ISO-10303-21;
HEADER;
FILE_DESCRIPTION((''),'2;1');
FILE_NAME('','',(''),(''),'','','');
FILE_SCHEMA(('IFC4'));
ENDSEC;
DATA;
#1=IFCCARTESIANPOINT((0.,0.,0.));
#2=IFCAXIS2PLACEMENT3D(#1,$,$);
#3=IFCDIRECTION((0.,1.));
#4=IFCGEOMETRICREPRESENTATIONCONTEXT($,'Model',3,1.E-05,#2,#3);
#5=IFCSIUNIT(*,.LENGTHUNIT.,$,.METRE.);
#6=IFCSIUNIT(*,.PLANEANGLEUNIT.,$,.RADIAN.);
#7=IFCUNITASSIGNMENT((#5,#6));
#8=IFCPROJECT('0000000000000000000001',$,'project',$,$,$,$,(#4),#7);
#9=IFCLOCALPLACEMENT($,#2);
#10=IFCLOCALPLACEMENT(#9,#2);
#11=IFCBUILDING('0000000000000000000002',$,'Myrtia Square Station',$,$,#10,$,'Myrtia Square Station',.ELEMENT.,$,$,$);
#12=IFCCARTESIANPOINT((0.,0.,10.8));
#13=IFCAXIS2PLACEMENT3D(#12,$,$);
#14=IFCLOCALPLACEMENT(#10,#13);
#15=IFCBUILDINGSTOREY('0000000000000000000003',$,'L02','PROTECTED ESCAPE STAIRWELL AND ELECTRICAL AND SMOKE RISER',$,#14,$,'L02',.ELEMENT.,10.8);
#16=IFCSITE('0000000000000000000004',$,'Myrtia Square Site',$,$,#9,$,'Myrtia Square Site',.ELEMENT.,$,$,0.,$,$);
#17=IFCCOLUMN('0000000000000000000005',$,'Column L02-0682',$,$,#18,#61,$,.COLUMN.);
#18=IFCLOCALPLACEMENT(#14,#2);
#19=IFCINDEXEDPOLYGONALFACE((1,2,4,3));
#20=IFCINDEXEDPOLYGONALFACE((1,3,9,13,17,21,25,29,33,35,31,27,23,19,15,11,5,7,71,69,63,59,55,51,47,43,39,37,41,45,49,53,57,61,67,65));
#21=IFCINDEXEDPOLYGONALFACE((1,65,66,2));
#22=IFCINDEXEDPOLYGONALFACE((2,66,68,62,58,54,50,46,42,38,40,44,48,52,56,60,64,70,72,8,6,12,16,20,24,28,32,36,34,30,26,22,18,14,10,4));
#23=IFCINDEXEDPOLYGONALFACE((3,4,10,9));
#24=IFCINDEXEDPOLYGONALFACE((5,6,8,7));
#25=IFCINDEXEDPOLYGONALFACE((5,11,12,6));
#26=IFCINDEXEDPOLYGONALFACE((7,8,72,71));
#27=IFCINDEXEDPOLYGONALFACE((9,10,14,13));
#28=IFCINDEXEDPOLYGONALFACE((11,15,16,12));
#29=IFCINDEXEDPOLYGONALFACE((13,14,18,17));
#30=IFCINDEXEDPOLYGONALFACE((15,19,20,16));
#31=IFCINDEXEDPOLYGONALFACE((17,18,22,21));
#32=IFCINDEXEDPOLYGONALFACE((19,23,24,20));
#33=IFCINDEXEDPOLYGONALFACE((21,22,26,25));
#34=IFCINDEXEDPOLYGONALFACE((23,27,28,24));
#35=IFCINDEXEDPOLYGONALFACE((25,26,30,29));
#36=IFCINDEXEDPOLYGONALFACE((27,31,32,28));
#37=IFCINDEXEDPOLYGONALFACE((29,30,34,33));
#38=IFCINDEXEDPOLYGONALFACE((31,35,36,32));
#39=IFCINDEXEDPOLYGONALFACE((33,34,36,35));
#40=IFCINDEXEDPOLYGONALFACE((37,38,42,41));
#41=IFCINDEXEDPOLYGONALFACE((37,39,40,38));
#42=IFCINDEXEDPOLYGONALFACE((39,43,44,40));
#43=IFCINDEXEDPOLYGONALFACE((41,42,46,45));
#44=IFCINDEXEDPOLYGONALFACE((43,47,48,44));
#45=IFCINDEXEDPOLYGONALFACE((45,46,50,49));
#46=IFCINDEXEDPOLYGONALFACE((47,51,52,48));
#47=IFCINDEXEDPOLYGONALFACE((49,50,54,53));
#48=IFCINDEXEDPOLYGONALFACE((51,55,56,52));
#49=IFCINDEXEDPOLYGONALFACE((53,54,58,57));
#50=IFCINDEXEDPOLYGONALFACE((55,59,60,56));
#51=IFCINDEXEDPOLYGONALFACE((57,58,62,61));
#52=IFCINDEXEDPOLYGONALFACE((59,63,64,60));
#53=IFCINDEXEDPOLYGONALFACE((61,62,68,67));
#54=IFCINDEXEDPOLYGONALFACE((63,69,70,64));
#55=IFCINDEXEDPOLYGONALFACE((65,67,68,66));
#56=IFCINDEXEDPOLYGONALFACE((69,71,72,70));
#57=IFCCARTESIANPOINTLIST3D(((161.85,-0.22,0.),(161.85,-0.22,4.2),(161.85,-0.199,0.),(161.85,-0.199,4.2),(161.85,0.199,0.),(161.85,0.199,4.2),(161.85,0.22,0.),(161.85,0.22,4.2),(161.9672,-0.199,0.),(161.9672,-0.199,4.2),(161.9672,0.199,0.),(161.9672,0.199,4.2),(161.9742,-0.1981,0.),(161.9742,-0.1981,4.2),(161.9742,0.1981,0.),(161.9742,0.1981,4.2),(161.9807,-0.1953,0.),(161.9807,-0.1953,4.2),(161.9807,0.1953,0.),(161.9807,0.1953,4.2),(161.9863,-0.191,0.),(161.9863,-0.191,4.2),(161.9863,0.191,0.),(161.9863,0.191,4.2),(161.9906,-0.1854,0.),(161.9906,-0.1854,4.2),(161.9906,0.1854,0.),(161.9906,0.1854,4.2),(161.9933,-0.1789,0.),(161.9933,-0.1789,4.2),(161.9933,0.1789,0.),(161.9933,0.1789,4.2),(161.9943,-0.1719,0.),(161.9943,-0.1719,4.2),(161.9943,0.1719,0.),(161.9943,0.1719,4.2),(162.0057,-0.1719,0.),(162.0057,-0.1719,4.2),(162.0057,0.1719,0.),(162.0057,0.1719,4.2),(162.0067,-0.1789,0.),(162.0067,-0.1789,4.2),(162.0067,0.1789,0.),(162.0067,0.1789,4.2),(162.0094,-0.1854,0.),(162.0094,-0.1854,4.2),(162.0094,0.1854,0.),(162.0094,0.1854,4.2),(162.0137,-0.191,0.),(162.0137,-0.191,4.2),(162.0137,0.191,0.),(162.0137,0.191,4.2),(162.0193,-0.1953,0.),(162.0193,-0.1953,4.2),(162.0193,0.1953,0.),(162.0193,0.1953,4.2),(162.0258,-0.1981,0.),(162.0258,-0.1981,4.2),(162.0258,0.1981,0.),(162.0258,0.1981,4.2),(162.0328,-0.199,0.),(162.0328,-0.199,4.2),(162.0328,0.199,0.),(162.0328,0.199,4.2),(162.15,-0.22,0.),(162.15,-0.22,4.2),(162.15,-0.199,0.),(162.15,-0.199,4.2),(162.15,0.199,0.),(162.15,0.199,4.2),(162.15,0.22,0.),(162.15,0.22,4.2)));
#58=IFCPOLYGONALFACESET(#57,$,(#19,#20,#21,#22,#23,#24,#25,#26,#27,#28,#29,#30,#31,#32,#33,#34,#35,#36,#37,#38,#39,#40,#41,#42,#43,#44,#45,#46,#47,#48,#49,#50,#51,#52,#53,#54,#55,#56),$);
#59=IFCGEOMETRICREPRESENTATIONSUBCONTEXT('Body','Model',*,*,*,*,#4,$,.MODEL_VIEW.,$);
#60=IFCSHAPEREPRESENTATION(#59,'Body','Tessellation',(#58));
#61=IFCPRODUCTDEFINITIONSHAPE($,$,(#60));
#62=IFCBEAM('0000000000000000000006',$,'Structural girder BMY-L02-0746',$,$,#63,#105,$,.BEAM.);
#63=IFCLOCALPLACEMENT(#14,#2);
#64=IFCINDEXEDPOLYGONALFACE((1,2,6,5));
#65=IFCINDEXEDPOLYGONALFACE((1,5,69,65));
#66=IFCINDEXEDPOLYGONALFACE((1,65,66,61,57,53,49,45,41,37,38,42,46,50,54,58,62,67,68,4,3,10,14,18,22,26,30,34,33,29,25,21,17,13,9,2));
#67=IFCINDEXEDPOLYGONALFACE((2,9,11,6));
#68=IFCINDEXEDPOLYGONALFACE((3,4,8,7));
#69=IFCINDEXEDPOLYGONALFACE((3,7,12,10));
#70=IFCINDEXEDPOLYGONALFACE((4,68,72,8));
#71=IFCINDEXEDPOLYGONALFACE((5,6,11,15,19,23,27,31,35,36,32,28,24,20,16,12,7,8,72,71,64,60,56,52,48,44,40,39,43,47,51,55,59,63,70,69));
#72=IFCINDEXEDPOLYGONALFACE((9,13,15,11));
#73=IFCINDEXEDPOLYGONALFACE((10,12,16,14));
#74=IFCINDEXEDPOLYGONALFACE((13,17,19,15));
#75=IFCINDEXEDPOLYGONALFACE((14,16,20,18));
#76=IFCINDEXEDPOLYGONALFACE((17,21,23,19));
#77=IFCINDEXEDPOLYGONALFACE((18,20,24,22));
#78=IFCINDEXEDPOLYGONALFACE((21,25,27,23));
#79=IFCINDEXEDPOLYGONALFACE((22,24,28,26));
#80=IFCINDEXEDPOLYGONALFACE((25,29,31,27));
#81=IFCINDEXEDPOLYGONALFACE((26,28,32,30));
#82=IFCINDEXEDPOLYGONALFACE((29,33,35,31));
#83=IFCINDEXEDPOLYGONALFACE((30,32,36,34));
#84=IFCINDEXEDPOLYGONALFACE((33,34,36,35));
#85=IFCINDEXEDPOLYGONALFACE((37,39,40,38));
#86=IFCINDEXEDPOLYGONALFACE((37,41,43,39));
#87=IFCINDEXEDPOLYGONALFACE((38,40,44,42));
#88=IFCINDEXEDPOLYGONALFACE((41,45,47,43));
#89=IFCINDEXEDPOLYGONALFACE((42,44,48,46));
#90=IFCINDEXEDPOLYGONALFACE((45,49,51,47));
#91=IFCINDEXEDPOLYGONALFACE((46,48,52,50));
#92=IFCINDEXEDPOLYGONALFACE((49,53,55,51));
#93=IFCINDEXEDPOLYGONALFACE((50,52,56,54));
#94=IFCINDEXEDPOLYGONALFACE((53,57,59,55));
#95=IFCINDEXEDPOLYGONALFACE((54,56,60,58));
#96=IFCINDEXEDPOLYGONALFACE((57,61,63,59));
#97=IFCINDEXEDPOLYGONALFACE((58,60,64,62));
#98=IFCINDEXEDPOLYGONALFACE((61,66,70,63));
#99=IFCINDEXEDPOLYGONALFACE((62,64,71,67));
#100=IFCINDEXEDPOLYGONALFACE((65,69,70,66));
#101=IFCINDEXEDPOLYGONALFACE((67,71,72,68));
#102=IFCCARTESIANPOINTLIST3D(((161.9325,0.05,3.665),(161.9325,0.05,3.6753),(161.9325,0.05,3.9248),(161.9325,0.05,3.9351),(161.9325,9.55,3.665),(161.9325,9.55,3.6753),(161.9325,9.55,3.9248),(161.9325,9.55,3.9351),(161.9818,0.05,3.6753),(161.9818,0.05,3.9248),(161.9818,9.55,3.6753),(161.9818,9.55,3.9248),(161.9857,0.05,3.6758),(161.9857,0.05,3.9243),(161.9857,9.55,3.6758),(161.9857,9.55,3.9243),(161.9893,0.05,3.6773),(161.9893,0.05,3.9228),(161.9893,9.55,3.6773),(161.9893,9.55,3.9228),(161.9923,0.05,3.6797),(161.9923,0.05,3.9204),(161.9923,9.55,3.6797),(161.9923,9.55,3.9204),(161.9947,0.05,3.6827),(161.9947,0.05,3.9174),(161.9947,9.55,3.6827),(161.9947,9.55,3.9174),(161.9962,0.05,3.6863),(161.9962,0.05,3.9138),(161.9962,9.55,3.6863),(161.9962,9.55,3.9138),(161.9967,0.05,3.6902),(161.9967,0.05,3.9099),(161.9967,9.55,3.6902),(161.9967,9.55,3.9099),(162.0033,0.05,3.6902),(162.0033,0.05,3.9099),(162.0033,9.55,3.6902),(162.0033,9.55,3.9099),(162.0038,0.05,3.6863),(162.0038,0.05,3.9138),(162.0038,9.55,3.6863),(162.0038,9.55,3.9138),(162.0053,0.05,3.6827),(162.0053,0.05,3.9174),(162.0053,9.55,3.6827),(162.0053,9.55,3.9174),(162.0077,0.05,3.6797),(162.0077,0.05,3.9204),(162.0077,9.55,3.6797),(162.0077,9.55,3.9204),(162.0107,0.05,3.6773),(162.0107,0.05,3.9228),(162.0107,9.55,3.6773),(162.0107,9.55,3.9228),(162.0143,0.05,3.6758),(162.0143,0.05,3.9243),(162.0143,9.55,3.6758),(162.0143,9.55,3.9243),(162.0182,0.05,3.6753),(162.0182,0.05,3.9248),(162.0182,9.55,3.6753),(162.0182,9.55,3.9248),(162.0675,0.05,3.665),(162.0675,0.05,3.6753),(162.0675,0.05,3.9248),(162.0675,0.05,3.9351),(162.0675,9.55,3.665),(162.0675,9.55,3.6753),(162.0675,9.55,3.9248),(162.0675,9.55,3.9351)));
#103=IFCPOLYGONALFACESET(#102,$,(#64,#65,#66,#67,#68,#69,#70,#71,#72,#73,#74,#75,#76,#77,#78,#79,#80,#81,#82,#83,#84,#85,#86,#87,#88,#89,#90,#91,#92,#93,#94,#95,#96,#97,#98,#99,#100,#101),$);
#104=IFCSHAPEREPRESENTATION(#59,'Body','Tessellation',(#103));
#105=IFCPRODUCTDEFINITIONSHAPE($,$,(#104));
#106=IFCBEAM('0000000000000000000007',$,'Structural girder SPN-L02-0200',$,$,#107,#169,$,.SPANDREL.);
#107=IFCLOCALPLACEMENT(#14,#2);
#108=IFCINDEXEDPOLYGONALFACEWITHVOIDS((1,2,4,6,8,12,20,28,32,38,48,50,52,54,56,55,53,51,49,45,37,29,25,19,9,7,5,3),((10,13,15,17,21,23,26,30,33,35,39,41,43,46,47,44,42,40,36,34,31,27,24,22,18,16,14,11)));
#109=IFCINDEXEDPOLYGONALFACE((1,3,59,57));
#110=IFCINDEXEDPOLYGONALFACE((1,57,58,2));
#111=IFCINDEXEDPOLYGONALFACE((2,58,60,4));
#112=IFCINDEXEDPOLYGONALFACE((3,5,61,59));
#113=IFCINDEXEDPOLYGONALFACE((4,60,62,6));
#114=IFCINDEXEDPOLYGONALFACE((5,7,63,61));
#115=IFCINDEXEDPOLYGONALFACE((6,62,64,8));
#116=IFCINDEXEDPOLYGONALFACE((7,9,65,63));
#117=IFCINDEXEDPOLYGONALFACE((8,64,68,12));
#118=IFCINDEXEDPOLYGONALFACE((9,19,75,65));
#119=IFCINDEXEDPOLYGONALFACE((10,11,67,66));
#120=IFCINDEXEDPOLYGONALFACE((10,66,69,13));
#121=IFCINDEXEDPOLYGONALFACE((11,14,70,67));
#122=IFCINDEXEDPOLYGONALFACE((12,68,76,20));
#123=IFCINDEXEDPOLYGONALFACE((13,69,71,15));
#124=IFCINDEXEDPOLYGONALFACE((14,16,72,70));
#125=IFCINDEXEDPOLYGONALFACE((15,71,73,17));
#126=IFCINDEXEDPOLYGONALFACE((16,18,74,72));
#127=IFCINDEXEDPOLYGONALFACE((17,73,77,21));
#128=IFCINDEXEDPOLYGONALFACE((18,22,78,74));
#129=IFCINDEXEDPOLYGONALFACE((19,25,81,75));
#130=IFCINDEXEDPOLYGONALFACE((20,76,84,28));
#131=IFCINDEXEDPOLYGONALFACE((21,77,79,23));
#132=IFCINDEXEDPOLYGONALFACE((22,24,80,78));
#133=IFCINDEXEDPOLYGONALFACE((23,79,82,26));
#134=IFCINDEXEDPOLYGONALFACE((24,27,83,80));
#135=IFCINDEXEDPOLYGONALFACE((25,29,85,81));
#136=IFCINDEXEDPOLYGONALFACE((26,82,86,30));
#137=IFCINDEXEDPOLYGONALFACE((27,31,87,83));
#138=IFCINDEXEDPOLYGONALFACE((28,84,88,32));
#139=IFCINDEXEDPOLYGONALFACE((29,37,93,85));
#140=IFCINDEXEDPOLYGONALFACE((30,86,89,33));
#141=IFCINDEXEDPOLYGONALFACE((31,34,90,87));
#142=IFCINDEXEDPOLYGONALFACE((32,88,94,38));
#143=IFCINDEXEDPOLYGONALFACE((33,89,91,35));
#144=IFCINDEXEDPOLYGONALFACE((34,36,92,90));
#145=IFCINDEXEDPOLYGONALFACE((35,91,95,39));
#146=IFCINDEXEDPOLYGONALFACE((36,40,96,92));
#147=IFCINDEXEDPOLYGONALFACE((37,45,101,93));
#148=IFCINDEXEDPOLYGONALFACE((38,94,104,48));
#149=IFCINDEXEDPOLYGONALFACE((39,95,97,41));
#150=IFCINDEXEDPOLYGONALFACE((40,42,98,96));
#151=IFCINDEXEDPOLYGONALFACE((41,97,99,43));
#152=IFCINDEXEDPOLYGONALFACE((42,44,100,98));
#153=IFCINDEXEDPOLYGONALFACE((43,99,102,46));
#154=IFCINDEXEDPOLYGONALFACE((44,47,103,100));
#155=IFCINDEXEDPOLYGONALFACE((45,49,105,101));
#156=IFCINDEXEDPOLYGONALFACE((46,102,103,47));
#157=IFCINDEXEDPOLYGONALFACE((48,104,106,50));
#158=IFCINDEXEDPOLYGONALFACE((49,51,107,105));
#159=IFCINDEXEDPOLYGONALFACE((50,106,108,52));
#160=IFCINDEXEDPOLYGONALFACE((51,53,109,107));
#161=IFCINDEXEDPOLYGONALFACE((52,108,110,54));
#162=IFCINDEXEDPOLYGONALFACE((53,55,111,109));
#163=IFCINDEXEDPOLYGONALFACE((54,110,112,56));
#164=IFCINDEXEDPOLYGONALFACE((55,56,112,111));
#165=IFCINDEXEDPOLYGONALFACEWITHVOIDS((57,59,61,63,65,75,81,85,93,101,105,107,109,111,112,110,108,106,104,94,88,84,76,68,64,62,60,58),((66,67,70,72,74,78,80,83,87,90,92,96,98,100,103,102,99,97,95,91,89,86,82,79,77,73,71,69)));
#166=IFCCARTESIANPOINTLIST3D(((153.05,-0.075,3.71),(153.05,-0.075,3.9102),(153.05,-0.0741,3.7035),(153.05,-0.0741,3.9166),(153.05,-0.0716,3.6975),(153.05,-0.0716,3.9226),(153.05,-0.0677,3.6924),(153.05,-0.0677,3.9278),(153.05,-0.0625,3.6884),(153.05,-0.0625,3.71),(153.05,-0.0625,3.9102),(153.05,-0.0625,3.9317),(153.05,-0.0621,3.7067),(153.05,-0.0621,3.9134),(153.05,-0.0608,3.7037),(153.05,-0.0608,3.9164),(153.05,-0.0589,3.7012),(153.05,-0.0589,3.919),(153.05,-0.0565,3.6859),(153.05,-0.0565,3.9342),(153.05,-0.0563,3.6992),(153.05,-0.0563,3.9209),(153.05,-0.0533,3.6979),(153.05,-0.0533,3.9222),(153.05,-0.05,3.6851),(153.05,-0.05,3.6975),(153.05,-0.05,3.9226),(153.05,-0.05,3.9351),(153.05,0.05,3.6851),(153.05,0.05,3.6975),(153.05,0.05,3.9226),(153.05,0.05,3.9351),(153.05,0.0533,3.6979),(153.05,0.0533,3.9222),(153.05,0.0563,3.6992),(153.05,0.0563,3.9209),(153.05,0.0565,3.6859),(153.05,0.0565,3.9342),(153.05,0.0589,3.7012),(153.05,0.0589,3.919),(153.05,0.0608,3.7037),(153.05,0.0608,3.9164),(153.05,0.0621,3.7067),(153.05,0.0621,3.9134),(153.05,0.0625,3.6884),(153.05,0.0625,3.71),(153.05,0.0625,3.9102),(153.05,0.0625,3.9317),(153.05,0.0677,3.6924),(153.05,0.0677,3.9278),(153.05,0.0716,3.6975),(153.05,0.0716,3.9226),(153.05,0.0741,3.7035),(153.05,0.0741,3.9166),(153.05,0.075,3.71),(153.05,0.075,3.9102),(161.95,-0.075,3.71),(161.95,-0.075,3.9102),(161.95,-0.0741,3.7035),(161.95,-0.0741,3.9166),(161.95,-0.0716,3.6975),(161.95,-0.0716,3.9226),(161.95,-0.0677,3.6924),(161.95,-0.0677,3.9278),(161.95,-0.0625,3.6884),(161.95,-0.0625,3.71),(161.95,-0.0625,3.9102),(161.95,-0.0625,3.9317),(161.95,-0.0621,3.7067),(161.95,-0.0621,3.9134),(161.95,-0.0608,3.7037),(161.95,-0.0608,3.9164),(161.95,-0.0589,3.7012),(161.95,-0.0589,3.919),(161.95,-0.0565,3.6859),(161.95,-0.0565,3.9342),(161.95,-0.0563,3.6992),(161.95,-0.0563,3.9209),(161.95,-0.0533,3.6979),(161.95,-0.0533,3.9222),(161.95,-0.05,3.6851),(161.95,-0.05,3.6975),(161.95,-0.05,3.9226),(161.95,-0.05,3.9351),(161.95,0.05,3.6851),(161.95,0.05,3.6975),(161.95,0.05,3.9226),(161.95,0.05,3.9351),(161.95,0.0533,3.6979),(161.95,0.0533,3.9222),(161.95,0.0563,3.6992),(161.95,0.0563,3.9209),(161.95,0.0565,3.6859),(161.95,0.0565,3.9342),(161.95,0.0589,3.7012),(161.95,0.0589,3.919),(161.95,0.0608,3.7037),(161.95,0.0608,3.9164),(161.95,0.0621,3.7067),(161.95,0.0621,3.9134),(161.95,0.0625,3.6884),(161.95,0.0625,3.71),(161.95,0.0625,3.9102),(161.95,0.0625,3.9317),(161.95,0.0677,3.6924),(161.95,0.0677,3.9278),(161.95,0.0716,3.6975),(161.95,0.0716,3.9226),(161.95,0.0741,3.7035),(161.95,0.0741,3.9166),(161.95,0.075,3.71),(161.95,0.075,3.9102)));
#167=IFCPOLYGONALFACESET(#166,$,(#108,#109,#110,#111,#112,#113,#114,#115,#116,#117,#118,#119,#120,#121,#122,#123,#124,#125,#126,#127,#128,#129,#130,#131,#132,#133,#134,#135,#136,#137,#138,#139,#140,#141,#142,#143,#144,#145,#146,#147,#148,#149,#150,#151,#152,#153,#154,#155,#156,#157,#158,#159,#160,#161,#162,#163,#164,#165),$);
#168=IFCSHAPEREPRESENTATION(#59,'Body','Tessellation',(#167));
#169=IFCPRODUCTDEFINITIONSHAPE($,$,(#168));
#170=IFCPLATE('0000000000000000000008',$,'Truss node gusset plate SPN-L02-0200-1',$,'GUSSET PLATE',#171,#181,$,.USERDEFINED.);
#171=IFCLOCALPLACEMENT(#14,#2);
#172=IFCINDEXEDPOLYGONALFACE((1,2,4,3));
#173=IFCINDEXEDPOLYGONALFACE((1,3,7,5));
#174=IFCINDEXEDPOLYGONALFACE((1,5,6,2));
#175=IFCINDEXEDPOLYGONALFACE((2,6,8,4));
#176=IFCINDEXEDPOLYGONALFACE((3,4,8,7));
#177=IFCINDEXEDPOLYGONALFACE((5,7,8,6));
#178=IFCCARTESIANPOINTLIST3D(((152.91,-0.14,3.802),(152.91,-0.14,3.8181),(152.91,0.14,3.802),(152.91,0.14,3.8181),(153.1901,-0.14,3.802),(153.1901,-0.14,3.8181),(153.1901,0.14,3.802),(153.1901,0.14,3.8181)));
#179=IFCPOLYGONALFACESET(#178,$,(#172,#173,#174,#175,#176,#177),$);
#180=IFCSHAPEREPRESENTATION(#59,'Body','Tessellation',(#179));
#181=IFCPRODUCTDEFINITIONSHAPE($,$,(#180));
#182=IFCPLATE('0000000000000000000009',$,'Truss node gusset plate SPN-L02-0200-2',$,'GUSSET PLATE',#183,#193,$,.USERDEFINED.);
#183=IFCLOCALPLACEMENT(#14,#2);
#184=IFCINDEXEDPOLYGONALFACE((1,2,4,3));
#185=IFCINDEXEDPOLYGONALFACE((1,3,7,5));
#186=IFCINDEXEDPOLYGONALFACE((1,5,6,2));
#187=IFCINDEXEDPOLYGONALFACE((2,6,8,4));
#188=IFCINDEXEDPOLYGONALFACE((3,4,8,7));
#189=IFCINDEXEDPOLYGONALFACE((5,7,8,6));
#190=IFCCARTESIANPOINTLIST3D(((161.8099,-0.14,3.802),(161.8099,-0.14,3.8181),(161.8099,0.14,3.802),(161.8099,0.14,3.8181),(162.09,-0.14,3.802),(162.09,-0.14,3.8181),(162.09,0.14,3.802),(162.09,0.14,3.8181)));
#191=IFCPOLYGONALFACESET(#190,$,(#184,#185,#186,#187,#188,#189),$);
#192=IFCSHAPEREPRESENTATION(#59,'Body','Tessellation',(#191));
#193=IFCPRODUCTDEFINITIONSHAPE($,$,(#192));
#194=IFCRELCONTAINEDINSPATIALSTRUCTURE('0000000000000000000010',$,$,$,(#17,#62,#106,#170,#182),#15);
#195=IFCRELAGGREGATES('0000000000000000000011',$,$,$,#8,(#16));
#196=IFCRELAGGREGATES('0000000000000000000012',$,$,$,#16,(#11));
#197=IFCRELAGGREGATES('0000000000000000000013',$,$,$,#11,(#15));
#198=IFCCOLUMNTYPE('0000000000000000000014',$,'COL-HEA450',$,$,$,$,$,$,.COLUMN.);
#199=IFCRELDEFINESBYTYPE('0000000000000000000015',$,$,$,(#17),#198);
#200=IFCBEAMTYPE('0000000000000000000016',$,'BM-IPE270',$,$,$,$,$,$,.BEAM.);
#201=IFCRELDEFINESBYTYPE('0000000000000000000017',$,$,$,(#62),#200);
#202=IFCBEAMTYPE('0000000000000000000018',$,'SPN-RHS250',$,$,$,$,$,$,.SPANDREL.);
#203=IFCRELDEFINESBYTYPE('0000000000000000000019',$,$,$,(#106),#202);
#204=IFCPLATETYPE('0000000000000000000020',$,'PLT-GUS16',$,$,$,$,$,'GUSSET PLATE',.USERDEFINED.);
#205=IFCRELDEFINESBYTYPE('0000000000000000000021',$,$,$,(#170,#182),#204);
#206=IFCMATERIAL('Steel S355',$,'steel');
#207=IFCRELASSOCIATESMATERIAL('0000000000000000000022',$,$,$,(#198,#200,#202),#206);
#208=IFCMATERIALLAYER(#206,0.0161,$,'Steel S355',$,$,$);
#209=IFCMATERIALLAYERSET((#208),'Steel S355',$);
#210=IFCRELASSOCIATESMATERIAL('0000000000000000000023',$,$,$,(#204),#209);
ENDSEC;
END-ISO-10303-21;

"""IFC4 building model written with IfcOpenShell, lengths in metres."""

from ifc_helpers import new_model, si_unit, direction, frame, origin, origin_2d, place, context, subcontext, project, spatial, rectangle, hollow_rectangle, i_section, extrude, material, layer, layer_set, material_profile, profile_set, type_object, element, save


model = new_model("IFC4")

# Units and contexts
model_context = context("Model", 3, precision=1e-05, world=origin(), true_north=direction((0.0, 1.0)))
body_context = subcontext(model_context, "Body", "Model", "MODEL_VIEW")
ifc_project = project(units=[si_unit("LENGTHUNIT", "METRE"), si_unit("PLANEANGLEUNIT", "RADIAN")], contexts=[model_context])

# Site, building, storey
site_placement = place(None, origin())
site = spatial("IfcSite", under=ifc_project, at=site_placement, Name="Myrtia Square Site", LongName="Myrtia Square Site", CompositionType="ELEMENT", RefElevation=0.0)
building_placement = place(site_placement, origin())
building = spatial("IfcBuilding", under=site, at=building_placement, Name="Myrtia Square Station", LongName="Myrtia Square Station", CompositionType="ELEMENT")
storey_placement = place(building_placement, frame((0.0, 0.0, 10.8)))
storey = spatial("IfcBuildingStorey", under=building, at=storey_placement, Name="L02", Description="PROTECTED ESCAPE STAIRWELL AND ELECTRICAL AND SMOKE RISER", LongName="L02", CompositionType="ELEMENT", Elevation=10.8)

# Column
ifc_material_1 = material(Name="Steel S355", Category="steel")
ifc_material_profile_1 = material_profile(ifc_material_1, i_section(OverallWidth=0.3, OverallDepth=0.4399, WebThickness=0.0115, FlangeThickness=0.021, FilletRadius=0.0271, at=origin_2d()), Name="HEA 450")
ifc_profile_set_1 = profile_set([ifc_material_profile_1], Name="Steel S355")
column_type = type_object("IfcColumnType", Name="COL-HEA450", PredefinedType="COLUMN", material=ifc_profile_set_1)
column_placement = place(storey_placement, frame((162.0, 0.0, 0.0), z_axis=(0.0, 0.0, 1.0), x_axis=(1.0, 0.0, 0.0)))
element("IfcColumn", 1, at=column_placement, inside=storey, type_object=column_type, Name="Column L02-0682", PredefinedType="COLUMN", context=body_context, shape_type="SweptSolid", body=[
    extrude(i_section(OverallWidth=0.3, OverallDepth=0.4399, WebThickness=0.0115, FlangeThickness=0.021, FilletRadius=0.0271, at=origin_2d()), origin(), (0.0, 0.0, 1.0), 4.2),
])

# Beams
ifc_material_profile_2 = material_profile(ifc_material_1, i_section(OverallWidth=0.135, OverallDepth=0.27, WebThickness=0.0066, FlangeThickness=0.0103, FilletRadius=0.0149, at=origin_2d()), Name="IPE 270")
ifc_profile_set_2 = profile_set([ifc_material_profile_2], Name="Steel S355")
beam_type_1 = type_object("IfcBeamType", Name="BM-IPE270", PredefinedType="BEAM", material=ifc_profile_set_2)
beam_1_placement = place(storey_placement, frame((162.0, 0.05, 3.8), z_axis=(0.0, 1.0, 0.0), x_axis=(-1.0, 0.0, 0.0)))
element("IfcBeam", 2, at=beam_1_placement, inside=storey, type_object=beam_type_1, Name="Structural girder BMY-L02-0746", PredefinedType="BEAM", context=body_context, shape_type="SweptSolid", body=[
    extrude(i_section(OverallWidth=0.135, OverallDepth=0.27, WebThickness=0.0066, FlangeThickness=0.0103, FilletRadius=0.0149, at=origin_2d()), origin(), (0.0, 0.0, 1.0), 9.5),
])
ifc_material_profile_3 = material_profile(ifc_material_1, hollow_rectangle(XDim=0.1499, YDim=0.25, WallThickness=0.0125, InnerFilletRadius=0.0125, OuterFilletRadius=0.0249, at=origin_2d()), Name="RHS 250x150x12.5")
ifc_profile_set_3 = profile_set([ifc_material_profile_3], Name="Steel S355")
beam_type_2 = type_object("IfcBeamType", Name="SPN-RHS250", PredefinedType="SPANDREL", material=ifc_profile_set_3)
beam_2_placement = place(storey_placement, frame((153.05, 0.0, 3.8101), z_axis=(1.0, 0.0, 0.0), x_axis=(0.0, 1.0, 0.0)))
element("IfcBeam", 3, at=beam_2_placement, inside=storey, type_object=beam_type_2, Name="Structural girder SPN-L02-0200", PredefinedType="SPANDREL", context=body_context, shape_type="SweptSolid", body=[
    extrude(hollow_rectangle(XDim=0.1499, YDim=0.25, WallThickness=0.0125, InnerFilletRadius=0.0125, OuterFilletRadius=0.0249, at=origin_2d()), origin(), (0.0, 0.0, 1.0), 8.8999),
])

# Plates
ifc_layer_1 = layer(ifc_material_1, 0.0161, Name="Steel S355")
ifc_layer_set_1 = layer_set([ifc_layer_1], Name="Steel S355")
plate_type = type_object("IfcPlateType", Name="PLT-GUS16", ElementType="GUSSET PLATE", PredefinedType="USERDEFINED", material=ifc_layer_set_1)
for number, where, z_axis, x_axis, name in (
    (4, (153.05, 0.0, 3.802), (0.0, 0.0, 1.0), (1.0, 0.0, 0.0), "Truss node gusset plate SPN-L02-0200-1"),
    (5, (161.95, 0.0, 3.802), (0.0, 0.0, 1.0), (1.0, 0.0, 0.0), "Truss node gusset plate SPN-L02-0200-2"),
):
    element("IfcPlate", number, at=place(storey_placement, frame(where, z_axis=z_axis, x_axis=x_axis)), inside=storey, type_object=plate_type, Name=name, ObjectType="GUSSET PLATE", PredefinedType="USERDEFINED", context=body_context, shape_type="SweptSolid", body=[
        extrude(rectangle(XDim=0.28, YDim=0.28, at=origin_2d()), origin(), (0.0, 0.0, 1.0), 0.0161),
    ])

save(model, "model.ifc")
